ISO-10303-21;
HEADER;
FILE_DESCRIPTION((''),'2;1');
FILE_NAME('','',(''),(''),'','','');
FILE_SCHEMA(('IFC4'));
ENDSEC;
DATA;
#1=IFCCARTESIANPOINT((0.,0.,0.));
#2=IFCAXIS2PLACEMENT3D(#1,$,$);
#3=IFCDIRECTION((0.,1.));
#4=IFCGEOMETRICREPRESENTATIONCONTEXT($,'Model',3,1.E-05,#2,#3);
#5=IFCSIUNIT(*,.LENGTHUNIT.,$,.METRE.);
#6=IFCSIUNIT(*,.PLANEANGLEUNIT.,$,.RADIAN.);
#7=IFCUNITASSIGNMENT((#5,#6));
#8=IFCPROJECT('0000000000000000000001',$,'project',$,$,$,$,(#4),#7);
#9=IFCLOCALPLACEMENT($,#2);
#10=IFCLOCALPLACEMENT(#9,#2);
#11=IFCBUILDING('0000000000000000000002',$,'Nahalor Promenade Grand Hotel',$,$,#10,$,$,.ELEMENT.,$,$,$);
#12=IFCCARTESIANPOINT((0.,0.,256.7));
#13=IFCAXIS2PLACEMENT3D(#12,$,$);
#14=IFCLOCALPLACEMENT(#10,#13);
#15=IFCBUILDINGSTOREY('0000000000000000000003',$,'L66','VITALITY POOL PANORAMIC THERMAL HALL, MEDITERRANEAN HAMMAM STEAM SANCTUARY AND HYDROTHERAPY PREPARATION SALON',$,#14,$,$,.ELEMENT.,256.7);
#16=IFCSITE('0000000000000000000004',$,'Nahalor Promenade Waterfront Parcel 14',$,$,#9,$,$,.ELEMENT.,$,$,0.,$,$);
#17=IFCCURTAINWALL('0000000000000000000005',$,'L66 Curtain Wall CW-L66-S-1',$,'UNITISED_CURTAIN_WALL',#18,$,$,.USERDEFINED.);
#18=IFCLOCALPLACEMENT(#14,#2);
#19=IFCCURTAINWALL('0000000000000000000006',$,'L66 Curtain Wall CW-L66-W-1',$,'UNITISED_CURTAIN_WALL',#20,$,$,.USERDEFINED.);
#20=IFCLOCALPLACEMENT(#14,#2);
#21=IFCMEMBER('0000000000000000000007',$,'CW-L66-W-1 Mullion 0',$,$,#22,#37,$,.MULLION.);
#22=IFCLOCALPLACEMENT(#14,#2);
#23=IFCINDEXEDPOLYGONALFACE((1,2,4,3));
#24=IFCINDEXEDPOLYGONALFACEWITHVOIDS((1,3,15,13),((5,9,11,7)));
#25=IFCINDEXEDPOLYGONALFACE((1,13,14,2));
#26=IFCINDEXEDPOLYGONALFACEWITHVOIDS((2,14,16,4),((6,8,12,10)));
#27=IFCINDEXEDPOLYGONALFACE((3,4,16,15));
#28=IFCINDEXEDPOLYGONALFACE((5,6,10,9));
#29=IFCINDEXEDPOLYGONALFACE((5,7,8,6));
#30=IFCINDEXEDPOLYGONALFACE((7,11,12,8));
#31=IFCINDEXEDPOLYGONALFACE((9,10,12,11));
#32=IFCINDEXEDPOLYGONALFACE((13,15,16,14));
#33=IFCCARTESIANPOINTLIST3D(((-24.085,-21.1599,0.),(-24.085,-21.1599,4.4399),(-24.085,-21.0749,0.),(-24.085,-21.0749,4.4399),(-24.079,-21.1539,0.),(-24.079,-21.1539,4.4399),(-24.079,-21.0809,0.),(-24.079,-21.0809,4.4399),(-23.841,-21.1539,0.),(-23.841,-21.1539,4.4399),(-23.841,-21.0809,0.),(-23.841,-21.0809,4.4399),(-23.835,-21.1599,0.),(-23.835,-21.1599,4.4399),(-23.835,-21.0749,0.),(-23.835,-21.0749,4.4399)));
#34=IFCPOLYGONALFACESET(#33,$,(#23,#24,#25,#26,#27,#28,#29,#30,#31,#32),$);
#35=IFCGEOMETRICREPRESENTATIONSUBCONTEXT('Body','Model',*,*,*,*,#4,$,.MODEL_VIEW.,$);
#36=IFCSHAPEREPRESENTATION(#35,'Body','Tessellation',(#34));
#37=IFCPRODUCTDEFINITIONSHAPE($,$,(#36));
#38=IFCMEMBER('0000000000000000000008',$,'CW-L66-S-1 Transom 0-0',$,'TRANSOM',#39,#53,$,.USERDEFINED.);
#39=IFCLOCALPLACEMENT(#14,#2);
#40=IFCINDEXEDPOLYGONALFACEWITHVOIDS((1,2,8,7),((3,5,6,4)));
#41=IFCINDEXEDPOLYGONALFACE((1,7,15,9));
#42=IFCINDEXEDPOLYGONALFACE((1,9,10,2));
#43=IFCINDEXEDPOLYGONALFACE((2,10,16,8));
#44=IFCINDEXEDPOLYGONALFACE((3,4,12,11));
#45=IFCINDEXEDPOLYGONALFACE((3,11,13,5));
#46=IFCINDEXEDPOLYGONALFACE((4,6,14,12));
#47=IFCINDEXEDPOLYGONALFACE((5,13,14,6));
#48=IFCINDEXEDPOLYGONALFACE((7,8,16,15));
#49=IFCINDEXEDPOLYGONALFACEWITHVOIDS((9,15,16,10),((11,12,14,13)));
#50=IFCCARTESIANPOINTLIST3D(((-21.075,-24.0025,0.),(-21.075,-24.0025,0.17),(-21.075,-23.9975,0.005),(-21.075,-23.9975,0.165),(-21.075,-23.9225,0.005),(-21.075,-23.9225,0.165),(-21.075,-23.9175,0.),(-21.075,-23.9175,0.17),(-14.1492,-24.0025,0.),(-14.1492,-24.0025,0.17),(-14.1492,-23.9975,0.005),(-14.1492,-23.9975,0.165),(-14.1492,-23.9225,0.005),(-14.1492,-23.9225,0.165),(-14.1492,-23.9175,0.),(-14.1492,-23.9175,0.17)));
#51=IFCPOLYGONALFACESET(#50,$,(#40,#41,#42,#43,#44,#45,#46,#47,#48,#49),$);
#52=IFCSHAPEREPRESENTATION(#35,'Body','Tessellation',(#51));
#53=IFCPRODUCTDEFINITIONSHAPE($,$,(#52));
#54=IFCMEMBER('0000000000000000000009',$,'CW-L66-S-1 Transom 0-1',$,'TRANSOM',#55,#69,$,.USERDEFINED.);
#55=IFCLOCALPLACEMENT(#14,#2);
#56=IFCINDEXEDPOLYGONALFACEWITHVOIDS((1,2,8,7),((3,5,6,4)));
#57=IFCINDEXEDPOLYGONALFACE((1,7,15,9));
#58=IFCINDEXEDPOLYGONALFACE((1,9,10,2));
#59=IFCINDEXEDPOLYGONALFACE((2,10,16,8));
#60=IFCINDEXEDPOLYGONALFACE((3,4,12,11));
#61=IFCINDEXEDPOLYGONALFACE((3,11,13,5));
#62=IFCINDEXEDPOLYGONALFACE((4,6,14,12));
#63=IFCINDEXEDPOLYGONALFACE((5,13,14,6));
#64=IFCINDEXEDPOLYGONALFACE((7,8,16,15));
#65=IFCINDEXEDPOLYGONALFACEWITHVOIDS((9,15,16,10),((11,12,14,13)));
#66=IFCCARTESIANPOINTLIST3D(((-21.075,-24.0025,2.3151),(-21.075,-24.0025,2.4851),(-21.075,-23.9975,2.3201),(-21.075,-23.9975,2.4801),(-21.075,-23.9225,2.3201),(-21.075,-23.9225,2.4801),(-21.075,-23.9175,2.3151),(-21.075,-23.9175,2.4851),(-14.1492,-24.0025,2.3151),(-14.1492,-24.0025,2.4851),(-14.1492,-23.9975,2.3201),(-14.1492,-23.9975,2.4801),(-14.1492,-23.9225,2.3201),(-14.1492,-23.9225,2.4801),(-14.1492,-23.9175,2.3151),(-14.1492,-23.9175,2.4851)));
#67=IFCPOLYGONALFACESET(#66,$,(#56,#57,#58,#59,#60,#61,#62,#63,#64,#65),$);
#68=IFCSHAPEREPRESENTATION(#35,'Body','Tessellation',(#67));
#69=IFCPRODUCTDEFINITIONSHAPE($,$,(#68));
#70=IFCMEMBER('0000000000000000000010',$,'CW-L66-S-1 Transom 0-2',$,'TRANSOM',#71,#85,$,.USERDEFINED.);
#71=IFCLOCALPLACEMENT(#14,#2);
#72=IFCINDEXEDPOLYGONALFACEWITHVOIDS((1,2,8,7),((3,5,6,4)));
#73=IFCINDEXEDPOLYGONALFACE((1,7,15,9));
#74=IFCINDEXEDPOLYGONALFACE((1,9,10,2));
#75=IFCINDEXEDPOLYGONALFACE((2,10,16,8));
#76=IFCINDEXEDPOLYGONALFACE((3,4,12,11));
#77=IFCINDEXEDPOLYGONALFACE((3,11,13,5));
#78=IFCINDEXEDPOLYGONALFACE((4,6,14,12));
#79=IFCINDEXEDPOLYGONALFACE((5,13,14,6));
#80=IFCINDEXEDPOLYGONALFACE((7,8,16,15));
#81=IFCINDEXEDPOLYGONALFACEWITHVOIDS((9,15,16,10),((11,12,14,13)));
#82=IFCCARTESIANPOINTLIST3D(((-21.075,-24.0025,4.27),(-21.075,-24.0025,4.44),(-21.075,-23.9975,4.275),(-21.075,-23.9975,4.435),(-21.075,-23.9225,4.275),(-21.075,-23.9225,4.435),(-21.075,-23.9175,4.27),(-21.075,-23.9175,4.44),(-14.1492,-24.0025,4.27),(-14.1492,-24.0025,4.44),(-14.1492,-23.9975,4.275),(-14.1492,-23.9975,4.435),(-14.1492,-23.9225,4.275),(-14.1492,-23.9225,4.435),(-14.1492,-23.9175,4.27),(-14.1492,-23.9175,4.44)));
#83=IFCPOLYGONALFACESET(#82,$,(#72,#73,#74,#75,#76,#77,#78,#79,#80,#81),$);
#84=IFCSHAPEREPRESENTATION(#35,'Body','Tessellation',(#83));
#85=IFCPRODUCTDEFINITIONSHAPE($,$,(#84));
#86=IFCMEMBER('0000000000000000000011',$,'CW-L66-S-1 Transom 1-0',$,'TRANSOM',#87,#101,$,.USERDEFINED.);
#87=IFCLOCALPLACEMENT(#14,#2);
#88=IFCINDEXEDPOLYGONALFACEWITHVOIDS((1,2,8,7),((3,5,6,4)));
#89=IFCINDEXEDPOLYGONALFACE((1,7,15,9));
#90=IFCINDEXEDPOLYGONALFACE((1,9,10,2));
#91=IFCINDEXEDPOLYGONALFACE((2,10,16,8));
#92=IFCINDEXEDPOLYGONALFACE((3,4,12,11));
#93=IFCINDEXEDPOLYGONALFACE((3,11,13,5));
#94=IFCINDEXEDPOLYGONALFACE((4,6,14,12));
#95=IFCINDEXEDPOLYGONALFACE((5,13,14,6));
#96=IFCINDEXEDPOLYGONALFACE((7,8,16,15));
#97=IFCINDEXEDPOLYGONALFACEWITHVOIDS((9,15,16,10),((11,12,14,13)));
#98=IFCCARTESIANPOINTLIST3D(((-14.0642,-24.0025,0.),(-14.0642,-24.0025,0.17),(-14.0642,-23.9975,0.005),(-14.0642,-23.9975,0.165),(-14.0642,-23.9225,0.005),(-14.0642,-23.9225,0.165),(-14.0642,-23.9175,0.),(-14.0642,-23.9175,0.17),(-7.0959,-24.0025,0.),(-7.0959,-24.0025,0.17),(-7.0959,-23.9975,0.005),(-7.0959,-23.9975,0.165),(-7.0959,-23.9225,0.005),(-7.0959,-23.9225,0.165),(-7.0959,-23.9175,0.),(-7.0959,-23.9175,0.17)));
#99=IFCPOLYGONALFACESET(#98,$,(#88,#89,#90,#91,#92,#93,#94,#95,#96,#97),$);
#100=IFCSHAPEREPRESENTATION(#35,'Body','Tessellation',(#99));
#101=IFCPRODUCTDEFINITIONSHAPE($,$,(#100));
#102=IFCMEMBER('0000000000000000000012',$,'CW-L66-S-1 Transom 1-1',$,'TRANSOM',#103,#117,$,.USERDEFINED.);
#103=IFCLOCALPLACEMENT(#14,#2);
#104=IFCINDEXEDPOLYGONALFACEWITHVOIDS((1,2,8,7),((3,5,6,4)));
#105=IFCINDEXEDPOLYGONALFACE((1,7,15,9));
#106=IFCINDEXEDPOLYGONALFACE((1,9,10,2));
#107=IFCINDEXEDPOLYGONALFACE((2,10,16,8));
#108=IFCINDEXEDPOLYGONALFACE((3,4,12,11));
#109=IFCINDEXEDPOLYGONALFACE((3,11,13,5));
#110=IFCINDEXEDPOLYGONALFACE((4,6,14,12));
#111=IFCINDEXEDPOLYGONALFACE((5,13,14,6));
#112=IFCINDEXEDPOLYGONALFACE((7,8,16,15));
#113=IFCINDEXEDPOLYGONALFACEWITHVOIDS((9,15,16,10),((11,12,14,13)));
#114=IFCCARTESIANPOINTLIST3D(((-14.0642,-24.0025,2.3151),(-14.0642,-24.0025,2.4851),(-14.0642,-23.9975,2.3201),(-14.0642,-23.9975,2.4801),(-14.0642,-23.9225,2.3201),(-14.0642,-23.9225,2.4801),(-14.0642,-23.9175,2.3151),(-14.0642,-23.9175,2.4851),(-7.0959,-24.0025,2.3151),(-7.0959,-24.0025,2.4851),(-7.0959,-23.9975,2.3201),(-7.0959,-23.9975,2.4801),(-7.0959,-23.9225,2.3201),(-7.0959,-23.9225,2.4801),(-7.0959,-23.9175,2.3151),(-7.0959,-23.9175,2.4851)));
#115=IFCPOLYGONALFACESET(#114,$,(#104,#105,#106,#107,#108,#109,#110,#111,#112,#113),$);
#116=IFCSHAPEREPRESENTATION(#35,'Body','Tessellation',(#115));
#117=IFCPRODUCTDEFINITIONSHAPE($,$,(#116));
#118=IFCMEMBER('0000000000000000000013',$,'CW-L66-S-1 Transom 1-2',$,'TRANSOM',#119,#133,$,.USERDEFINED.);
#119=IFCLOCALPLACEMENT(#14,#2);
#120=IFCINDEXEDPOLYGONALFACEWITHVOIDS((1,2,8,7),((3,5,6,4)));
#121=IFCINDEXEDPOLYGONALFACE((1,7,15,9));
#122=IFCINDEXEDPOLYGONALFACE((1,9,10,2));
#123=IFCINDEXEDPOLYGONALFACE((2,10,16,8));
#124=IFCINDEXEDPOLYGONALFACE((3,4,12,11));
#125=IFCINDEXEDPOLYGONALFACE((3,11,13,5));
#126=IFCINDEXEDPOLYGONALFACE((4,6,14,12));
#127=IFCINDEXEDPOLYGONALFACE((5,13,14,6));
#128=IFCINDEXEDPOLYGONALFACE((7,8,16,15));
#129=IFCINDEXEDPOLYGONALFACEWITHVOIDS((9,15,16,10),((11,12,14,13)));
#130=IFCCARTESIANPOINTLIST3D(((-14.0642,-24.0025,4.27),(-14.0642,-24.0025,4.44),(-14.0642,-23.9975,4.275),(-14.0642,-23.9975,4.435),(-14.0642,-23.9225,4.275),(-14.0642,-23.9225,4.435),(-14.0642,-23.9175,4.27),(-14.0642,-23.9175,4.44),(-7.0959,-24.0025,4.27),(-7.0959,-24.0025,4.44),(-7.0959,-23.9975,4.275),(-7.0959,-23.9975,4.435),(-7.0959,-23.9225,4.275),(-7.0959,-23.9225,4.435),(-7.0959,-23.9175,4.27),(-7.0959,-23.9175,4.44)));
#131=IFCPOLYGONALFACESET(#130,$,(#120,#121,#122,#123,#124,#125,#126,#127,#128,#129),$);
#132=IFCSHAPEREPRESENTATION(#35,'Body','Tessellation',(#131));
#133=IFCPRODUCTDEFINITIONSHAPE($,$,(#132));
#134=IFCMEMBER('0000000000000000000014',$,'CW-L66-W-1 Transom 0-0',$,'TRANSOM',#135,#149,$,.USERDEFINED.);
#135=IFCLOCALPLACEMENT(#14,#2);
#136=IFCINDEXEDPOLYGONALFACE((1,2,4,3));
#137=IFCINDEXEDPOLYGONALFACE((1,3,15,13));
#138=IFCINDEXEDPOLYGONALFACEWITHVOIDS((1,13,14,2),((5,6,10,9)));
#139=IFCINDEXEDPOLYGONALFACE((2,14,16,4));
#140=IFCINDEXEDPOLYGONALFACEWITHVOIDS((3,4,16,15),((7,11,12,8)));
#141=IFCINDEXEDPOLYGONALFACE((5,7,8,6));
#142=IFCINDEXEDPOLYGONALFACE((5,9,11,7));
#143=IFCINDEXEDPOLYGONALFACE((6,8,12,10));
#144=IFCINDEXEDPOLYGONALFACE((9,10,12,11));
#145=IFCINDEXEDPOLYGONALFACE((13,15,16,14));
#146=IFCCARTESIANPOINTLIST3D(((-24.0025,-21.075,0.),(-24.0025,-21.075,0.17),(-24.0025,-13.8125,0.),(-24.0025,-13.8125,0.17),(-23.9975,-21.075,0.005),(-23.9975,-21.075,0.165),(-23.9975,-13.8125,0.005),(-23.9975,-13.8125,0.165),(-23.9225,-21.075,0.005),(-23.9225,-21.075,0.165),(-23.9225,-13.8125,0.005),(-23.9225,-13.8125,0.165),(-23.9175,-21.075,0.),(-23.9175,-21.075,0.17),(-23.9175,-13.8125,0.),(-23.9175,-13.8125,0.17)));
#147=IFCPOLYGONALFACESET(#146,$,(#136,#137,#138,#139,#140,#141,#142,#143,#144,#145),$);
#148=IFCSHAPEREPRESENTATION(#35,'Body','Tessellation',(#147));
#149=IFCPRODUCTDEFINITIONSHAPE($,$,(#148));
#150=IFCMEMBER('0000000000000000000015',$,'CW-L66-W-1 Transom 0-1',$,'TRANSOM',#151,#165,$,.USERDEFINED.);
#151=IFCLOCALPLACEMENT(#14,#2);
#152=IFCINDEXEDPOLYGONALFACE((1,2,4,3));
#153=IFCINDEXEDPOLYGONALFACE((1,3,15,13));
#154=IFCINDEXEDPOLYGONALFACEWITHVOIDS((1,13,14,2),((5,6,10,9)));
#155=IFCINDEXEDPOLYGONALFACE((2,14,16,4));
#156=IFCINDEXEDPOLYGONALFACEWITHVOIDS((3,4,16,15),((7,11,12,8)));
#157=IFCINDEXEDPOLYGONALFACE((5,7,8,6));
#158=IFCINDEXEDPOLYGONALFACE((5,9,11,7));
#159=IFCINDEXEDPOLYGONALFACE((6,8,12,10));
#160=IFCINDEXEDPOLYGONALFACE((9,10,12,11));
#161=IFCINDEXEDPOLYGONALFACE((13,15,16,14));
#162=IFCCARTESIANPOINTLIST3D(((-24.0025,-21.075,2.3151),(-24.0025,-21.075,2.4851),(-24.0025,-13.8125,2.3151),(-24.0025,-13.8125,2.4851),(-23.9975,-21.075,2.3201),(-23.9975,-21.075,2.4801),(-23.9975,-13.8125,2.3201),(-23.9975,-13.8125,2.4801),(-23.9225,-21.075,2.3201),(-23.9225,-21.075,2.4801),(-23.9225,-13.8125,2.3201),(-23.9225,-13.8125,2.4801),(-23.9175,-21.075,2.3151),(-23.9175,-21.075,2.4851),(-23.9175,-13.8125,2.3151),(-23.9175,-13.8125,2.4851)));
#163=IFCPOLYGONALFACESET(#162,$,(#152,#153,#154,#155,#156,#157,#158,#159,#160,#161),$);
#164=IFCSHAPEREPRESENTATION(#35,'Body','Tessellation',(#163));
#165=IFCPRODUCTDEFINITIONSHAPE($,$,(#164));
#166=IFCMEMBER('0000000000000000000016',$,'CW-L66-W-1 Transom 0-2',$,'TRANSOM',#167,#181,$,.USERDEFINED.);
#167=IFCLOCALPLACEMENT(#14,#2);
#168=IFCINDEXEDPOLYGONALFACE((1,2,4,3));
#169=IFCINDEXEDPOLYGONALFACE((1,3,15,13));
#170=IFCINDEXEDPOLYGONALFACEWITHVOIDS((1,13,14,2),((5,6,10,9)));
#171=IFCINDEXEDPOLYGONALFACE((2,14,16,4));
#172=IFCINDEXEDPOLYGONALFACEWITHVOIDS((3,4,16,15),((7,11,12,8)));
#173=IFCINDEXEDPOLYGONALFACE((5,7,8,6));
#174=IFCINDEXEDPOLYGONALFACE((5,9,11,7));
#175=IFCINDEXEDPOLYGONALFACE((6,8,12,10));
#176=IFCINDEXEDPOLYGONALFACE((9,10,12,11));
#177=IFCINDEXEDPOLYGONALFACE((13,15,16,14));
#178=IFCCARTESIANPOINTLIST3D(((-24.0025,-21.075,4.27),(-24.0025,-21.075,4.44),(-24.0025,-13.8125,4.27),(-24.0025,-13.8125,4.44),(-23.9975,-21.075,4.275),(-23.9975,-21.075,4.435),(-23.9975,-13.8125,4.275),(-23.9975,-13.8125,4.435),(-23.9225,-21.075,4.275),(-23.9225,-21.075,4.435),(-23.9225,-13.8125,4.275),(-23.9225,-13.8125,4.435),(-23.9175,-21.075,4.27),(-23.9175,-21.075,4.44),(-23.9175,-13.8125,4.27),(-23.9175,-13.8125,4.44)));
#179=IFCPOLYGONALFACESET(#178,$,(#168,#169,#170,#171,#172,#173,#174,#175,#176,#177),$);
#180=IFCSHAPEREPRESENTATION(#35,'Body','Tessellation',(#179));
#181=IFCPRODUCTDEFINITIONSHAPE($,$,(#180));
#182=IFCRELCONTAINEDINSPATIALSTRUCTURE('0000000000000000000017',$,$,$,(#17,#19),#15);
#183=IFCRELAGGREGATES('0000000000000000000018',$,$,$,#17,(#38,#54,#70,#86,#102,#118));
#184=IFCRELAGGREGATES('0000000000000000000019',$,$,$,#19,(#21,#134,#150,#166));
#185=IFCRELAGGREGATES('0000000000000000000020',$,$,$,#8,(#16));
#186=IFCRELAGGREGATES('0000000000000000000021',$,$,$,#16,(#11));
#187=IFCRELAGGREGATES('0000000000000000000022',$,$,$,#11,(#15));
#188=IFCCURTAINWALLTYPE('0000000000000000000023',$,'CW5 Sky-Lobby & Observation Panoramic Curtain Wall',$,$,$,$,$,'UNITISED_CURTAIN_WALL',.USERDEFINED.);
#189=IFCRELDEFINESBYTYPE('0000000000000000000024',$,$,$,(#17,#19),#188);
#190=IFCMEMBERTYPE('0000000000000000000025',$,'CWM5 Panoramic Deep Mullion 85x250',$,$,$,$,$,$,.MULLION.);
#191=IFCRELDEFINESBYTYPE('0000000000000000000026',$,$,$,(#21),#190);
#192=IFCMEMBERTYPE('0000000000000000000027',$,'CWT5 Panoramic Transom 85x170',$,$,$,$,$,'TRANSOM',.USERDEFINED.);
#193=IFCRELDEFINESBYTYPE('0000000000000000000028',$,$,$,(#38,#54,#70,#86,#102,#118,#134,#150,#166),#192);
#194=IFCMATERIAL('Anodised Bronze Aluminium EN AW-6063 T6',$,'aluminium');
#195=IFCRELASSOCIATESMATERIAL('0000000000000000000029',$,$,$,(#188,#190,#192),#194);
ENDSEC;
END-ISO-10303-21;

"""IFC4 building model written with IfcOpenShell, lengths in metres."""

from ifc_helpers import new_model, si_unit, direction, frame, origin, origin_2d, place, context, subcontext, project, spatial, hollow_rectangle, extrude, source, transform, mapped, material, material_profile, profile_set, type_object, element, aggregate, save


model = new_model("IFC4")

# Units and contexts
model_context = context("Model", 3, precision=1e-05, world=origin(), true_north=direction((0.0, 1.0)))
body_context = subcontext(model_context, "Body", "Model", "MODEL_VIEW")
ifc_project = project(units=[si_unit("LENGTHUNIT", "METRE"), si_unit("PLANEANGLEUNIT", "RADIAN")], contexts=[model_context])

# Site, building, storey
site_placement = place(None, origin())
site = spatial("IfcSite", under=ifc_project, at=site_placement, Name="Nahalor Promenade Waterfront Parcel 14", CompositionType="ELEMENT", RefElevation=0.0)
building_placement = place(site_placement, origin())
building = spatial("IfcBuilding", under=site, at=building_placement, Name="Nahalor Promenade Grand Hotel", CompositionType="ELEMENT")
storey_placement = place(building_placement, frame((0.0, 0.0, 256.7)))
storey = spatial("IfcBuildingStorey", under=building, at=storey_placement, Name="L66", Description="VITALITY POOL PANORAMIC THERMAL HALL, MEDITERRANEAN HAMMAM STEAM SANCTUARY AND HYDROTHERAPY PREPARATION SALON", CompositionType="ELEMENT", Elevation=256.7)

# Curtain wall
ifc_material_1 = material(Name="Anodised Bronze Aluminium EN AW-6063 T6", Category="aluminium")
curtain_wall_type = type_object("IfcCurtainWallType", Name="CW5 Sky-Lobby & Observation Panoramic Curtain Wall", ElementType="UNITISED_CURTAIN_WALL", PredefinedType="USERDEFINED", material=ifc_material_1)
curtain_wall_1_placement = place(storey_placement, origin())
curtain_wall_1 = element("IfcCurtainWall", 1, at=curtain_wall_1_placement, inside=storey, type_object=curtain_wall_type, Name="L66 Curtain Wall CW-L66-S-1", ObjectType="UNITISED_CURTAIN_WALL", PredefinedType="USERDEFINED")
ifc_material_profile_1 = material_profile(ifc_material_1, hollow_rectangle(XDim=0.085, YDim=0.25, WallThickness=0.006, at=origin_2d()), Name="CWM 85x250x6")
ifc_profile_set_1 = profile_set([ifc_material_profile_1], Name="Anodised Bronze Aluminium EN AW-6063 T6")
member_type_1 = type_object("IfcMemberType", Name="CWM5 Panoramic Deep Mullion 85x250", PredefinedType="MULLION", material=ifc_profile_set_1)
shared_shape_1 = source(origin(), body_context, "Body", "SweptSolid", [
    extrude(hollow_rectangle(XDim=0.085, YDim=0.25, WallThickness=0.006, at=origin_2d()), origin(), (0.0, 0.0, 1.0), 4.4399),
])

# Curtain wall, member
curtain_wall_2_placement = place(storey_placement, origin())
curtain_wall_2 = element("IfcCurtainWall", 2, at=curtain_wall_2_placement, inside=storey, type_object=curtain_wall_type, Name="L66 Curtain Wall CW-L66-W-1", ObjectType="UNITISED_CURTAIN_WALL", PredefinedType="USERDEFINED")
member_1_placement = place(storey_placement, frame((-23.96, -21.1174, 0.0), z_axis=(0.0, 0.0, 1.0), x_axis=(0.0, 1.0, 0.0)))
member_1 = element("IfcMember", 3, at=member_1_placement, type_object=member_type_1, Name="CW-L66-W-1 Mullion 0", PredefinedType="MULLION", context=body_context, shape_type="MappedRepresentation", body=[
    mapped(shared_shape_1, transform((0.0, 0.0, 0.0), scale=1.0)),
])

# Members
ifc_material_profile_2 = material_profile(ifc_material_1, hollow_rectangle(XDim=0.085, YDim=0.17, WallThickness=0.005, at=origin_2d()), Name="CWT 85x170x5")
ifc_profile_set_2 = profile_set([ifc_material_profile_2], Name="Anodised Bronze Aluminium EN AW-6063 T6")
member_type_2 = type_object("IfcMemberType", Name="CWT5 Panoramic Transom 85x170", ElementType="TRANSOM", PredefinedType="USERDEFINED", material=ifc_profile_set_2)
shared_shape_2 = source(origin(), body_context, "Body", "SweptSolid", [
    extrude(hollow_rectangle(XDim=0.085, YDim=0.17, WallThickness=0.005, at=origin_2d()), origin(), (0.0, 0.0, 1.0), 6.9258),
])
member_2_placement = place(storey_placement, frame((-21.075, -23.96, 0.085), z_axis=(1.0, 0.0, 0.0), x_axis=(0.0, 1.0, 0.0)))
member_2 = element("IfcMember", 4, at=member_2_placement, type_object=member_type_2, Name="CW-L66-S-1 Transom 0-0", ObjectType="TRANSOM", PredefinedType="USERDEFINED", context=body_context, shape_type="MappedRepresentation", body=[
    mapped(shared_shape_2, transform((0.0, 0.0, 0.0), scale=1.0)),
])
member_3_placement = place(storey_placement, frame((-21.075, -23.96, 2.4001), z_axis=(1.0, 0.0, 0.0), x_axis=(0.0, 1.0, 0.0)))
member_3 = element("IfcMember", 5, at=member_3_placement, type_object=member_type_2, Name="CW-L66-S-1 Transom 0-1", ObjectType="TRANSOM", PredefinedType="USERDEFINED", context=body_context, shape_type="MappedRepresentation", body=[
    mapped(shared_shape_2, transform((0.0, 0.0, 0.0), scale=1.0)),
])
member_4_placement = place(storey_placement, frame((-21.075, -23.96, 4.355), z_axis=(1.0, 0.0, 0.0), x_axis=(0.0, 1.0, 0.0)))
member_4 = element("IfcMember", 6, at=member_4_placement, type_object=member_type_2, Name="CW-L66-S-1 Transom 0-2", ObjectType="TRANSOM", PredefinedType="USERDEFINED", context=body_context, shape_type="MappedRepresentation", body=[
    mapped(shared_shape_2, transform((0.0, 0.0, 0.0), scale=1.0)),
])
shared_shape_3 = source(origin(), body_context, "Body", "SweptSolid", [
    extrude(hollow_rectangle(XDim=0.085, YDim=0.17, WallThickness=0.005, at=origin_2d()), origin(), (0.0, 0.0, 1.0), 6.9683),
])
member_5_placement = place(storey_placement, frame((-14.0642, -23.96, 0.085), z_axis=(1.0, 0.0, 0.0), x_axis=(0.0, 1.0, 0.0)))
member_5 = element("IfcMember", 7, at=member_5_placement, type_object=member_type_2, Name="CW-L66-S-1 Transom 1-0", ObjectType="TRANSOM", PredefinedType="USERDEFINED", context=body_context, shape_type="MappedRepresentation", body=[
    mapped(shared_shape_3, transform((0.0, 0.0, 0.0), scale=1.0)),
])
member_6_placement = place(storey_placement, frame((-14.0642, -23.96, 2.4001), z_axis=(1.0, 0.0, 0.0), x_axis=(0.0, 1.0, 0.0)))
member_6 = element("IfcMember", 8, at=member_6_placement, type_object=member_type_2, Name="CW-L66-S-1 Transom 1-1", ObjectType="TRANSOM", PredefinedType="USERDEFINED", context=body_context, shape_type="MappedRepresentation", body=[
    mapped(shared_shape_3, transform((0.0, 0.0, 0.0), scale=1.0)),
])
member_7_placement = place(storey_placement, frame((-14.0642, -23.96, 4.355), z_axis=(1.0, 0.0, 0.0), x_axis=(0.0, 1.0, 0.0)))
member_7 = element("IfcMember", 9, at=member_7_placement, type_object=member_type_2, Name="CW-L66-S-1 Transom 1-2", ObjectType="TRANSOM", PredefinedType="USERDEFINED", context=body_context, shape_type="MappedRepresentation", body=[
    mapped(shared_shape_3, transform((0.0, 0.0, 0.0), scale=1.0)),
])
shared_shape_4 = source(origin(), body_context, "Body", "SweptSolid", [
    extrude(hollow_rectangle(XDim=0.085, YDim=0.17, WallThickness=0.005, at=origin_2d()), origin(), (0.0, 0.0, 1.0), 7.2625),
])
member_8_placement = place(storey_placement, frame((-23.96, -21.075, 0.085), z_axis=(0.0, 1.0, 0.0), x_axis=(-1.0, 0.0, 0.0)))
member_8 = element("IfcMember", 10, at=member_8_placement, type_object=member_type_2, Name="CW-L66-W-1 Transom 0-0", ObjectType="TRANSOM", PredefinedType="USERDEFINED", context=body_context, shape_type="MappedRepresentation", body=[
    mapped(shared_shape_4, transform((0.0, 0.0, 0.0), scale=1.0)),
])
member_9_placement = place(storey_placement, frame((-23.96, -21.075, 2.4001), z_axis=(0.0, 1.0, 0.0), x_axis=(-1.0, 0.0, 0.0)))
member_9 = element("IfcMember", 11, at=member_9_placement, type_object=member_type_2, Name="CW-L66-W-1 Transom 0-1", ObjectType="TRANSOM", PredefinedType="USERDEFINED", context=body_context, shape_type="MappedRepresentation", body=[
    mapped(shared_shape_4, transform((0.0, 0.0, 0.0), scale=1.0)),
])
member_10_placement = place(storey_placement, frame((-23.96, -21.075, 4.355), z_axis=(0.0, 1.0, 0.0), x_axis=(-1.0, 0.0, 0.0)))
member_10 = element("IfcMember", 12, at=member_10_placement, type_object=member_type_2, Name="CW-L66-W-1 Transom 0-2", ObjectType="TRANSOM", PredefinedType="USERDEFINED", context=body_context, shape_type="MappedRepresentation", body=[
    mapped(shared_shape_4, transform((0.0, 0.0, 0.0), scale=1.0)),
])

aggregate(curtain_wall_1, [member_2, member_3, member_4, member_5, member_6, member_7])
aggregate(curtain_wall_2, [member_1, member_8, member_9, member_10])

save(model, "model.ifc")
